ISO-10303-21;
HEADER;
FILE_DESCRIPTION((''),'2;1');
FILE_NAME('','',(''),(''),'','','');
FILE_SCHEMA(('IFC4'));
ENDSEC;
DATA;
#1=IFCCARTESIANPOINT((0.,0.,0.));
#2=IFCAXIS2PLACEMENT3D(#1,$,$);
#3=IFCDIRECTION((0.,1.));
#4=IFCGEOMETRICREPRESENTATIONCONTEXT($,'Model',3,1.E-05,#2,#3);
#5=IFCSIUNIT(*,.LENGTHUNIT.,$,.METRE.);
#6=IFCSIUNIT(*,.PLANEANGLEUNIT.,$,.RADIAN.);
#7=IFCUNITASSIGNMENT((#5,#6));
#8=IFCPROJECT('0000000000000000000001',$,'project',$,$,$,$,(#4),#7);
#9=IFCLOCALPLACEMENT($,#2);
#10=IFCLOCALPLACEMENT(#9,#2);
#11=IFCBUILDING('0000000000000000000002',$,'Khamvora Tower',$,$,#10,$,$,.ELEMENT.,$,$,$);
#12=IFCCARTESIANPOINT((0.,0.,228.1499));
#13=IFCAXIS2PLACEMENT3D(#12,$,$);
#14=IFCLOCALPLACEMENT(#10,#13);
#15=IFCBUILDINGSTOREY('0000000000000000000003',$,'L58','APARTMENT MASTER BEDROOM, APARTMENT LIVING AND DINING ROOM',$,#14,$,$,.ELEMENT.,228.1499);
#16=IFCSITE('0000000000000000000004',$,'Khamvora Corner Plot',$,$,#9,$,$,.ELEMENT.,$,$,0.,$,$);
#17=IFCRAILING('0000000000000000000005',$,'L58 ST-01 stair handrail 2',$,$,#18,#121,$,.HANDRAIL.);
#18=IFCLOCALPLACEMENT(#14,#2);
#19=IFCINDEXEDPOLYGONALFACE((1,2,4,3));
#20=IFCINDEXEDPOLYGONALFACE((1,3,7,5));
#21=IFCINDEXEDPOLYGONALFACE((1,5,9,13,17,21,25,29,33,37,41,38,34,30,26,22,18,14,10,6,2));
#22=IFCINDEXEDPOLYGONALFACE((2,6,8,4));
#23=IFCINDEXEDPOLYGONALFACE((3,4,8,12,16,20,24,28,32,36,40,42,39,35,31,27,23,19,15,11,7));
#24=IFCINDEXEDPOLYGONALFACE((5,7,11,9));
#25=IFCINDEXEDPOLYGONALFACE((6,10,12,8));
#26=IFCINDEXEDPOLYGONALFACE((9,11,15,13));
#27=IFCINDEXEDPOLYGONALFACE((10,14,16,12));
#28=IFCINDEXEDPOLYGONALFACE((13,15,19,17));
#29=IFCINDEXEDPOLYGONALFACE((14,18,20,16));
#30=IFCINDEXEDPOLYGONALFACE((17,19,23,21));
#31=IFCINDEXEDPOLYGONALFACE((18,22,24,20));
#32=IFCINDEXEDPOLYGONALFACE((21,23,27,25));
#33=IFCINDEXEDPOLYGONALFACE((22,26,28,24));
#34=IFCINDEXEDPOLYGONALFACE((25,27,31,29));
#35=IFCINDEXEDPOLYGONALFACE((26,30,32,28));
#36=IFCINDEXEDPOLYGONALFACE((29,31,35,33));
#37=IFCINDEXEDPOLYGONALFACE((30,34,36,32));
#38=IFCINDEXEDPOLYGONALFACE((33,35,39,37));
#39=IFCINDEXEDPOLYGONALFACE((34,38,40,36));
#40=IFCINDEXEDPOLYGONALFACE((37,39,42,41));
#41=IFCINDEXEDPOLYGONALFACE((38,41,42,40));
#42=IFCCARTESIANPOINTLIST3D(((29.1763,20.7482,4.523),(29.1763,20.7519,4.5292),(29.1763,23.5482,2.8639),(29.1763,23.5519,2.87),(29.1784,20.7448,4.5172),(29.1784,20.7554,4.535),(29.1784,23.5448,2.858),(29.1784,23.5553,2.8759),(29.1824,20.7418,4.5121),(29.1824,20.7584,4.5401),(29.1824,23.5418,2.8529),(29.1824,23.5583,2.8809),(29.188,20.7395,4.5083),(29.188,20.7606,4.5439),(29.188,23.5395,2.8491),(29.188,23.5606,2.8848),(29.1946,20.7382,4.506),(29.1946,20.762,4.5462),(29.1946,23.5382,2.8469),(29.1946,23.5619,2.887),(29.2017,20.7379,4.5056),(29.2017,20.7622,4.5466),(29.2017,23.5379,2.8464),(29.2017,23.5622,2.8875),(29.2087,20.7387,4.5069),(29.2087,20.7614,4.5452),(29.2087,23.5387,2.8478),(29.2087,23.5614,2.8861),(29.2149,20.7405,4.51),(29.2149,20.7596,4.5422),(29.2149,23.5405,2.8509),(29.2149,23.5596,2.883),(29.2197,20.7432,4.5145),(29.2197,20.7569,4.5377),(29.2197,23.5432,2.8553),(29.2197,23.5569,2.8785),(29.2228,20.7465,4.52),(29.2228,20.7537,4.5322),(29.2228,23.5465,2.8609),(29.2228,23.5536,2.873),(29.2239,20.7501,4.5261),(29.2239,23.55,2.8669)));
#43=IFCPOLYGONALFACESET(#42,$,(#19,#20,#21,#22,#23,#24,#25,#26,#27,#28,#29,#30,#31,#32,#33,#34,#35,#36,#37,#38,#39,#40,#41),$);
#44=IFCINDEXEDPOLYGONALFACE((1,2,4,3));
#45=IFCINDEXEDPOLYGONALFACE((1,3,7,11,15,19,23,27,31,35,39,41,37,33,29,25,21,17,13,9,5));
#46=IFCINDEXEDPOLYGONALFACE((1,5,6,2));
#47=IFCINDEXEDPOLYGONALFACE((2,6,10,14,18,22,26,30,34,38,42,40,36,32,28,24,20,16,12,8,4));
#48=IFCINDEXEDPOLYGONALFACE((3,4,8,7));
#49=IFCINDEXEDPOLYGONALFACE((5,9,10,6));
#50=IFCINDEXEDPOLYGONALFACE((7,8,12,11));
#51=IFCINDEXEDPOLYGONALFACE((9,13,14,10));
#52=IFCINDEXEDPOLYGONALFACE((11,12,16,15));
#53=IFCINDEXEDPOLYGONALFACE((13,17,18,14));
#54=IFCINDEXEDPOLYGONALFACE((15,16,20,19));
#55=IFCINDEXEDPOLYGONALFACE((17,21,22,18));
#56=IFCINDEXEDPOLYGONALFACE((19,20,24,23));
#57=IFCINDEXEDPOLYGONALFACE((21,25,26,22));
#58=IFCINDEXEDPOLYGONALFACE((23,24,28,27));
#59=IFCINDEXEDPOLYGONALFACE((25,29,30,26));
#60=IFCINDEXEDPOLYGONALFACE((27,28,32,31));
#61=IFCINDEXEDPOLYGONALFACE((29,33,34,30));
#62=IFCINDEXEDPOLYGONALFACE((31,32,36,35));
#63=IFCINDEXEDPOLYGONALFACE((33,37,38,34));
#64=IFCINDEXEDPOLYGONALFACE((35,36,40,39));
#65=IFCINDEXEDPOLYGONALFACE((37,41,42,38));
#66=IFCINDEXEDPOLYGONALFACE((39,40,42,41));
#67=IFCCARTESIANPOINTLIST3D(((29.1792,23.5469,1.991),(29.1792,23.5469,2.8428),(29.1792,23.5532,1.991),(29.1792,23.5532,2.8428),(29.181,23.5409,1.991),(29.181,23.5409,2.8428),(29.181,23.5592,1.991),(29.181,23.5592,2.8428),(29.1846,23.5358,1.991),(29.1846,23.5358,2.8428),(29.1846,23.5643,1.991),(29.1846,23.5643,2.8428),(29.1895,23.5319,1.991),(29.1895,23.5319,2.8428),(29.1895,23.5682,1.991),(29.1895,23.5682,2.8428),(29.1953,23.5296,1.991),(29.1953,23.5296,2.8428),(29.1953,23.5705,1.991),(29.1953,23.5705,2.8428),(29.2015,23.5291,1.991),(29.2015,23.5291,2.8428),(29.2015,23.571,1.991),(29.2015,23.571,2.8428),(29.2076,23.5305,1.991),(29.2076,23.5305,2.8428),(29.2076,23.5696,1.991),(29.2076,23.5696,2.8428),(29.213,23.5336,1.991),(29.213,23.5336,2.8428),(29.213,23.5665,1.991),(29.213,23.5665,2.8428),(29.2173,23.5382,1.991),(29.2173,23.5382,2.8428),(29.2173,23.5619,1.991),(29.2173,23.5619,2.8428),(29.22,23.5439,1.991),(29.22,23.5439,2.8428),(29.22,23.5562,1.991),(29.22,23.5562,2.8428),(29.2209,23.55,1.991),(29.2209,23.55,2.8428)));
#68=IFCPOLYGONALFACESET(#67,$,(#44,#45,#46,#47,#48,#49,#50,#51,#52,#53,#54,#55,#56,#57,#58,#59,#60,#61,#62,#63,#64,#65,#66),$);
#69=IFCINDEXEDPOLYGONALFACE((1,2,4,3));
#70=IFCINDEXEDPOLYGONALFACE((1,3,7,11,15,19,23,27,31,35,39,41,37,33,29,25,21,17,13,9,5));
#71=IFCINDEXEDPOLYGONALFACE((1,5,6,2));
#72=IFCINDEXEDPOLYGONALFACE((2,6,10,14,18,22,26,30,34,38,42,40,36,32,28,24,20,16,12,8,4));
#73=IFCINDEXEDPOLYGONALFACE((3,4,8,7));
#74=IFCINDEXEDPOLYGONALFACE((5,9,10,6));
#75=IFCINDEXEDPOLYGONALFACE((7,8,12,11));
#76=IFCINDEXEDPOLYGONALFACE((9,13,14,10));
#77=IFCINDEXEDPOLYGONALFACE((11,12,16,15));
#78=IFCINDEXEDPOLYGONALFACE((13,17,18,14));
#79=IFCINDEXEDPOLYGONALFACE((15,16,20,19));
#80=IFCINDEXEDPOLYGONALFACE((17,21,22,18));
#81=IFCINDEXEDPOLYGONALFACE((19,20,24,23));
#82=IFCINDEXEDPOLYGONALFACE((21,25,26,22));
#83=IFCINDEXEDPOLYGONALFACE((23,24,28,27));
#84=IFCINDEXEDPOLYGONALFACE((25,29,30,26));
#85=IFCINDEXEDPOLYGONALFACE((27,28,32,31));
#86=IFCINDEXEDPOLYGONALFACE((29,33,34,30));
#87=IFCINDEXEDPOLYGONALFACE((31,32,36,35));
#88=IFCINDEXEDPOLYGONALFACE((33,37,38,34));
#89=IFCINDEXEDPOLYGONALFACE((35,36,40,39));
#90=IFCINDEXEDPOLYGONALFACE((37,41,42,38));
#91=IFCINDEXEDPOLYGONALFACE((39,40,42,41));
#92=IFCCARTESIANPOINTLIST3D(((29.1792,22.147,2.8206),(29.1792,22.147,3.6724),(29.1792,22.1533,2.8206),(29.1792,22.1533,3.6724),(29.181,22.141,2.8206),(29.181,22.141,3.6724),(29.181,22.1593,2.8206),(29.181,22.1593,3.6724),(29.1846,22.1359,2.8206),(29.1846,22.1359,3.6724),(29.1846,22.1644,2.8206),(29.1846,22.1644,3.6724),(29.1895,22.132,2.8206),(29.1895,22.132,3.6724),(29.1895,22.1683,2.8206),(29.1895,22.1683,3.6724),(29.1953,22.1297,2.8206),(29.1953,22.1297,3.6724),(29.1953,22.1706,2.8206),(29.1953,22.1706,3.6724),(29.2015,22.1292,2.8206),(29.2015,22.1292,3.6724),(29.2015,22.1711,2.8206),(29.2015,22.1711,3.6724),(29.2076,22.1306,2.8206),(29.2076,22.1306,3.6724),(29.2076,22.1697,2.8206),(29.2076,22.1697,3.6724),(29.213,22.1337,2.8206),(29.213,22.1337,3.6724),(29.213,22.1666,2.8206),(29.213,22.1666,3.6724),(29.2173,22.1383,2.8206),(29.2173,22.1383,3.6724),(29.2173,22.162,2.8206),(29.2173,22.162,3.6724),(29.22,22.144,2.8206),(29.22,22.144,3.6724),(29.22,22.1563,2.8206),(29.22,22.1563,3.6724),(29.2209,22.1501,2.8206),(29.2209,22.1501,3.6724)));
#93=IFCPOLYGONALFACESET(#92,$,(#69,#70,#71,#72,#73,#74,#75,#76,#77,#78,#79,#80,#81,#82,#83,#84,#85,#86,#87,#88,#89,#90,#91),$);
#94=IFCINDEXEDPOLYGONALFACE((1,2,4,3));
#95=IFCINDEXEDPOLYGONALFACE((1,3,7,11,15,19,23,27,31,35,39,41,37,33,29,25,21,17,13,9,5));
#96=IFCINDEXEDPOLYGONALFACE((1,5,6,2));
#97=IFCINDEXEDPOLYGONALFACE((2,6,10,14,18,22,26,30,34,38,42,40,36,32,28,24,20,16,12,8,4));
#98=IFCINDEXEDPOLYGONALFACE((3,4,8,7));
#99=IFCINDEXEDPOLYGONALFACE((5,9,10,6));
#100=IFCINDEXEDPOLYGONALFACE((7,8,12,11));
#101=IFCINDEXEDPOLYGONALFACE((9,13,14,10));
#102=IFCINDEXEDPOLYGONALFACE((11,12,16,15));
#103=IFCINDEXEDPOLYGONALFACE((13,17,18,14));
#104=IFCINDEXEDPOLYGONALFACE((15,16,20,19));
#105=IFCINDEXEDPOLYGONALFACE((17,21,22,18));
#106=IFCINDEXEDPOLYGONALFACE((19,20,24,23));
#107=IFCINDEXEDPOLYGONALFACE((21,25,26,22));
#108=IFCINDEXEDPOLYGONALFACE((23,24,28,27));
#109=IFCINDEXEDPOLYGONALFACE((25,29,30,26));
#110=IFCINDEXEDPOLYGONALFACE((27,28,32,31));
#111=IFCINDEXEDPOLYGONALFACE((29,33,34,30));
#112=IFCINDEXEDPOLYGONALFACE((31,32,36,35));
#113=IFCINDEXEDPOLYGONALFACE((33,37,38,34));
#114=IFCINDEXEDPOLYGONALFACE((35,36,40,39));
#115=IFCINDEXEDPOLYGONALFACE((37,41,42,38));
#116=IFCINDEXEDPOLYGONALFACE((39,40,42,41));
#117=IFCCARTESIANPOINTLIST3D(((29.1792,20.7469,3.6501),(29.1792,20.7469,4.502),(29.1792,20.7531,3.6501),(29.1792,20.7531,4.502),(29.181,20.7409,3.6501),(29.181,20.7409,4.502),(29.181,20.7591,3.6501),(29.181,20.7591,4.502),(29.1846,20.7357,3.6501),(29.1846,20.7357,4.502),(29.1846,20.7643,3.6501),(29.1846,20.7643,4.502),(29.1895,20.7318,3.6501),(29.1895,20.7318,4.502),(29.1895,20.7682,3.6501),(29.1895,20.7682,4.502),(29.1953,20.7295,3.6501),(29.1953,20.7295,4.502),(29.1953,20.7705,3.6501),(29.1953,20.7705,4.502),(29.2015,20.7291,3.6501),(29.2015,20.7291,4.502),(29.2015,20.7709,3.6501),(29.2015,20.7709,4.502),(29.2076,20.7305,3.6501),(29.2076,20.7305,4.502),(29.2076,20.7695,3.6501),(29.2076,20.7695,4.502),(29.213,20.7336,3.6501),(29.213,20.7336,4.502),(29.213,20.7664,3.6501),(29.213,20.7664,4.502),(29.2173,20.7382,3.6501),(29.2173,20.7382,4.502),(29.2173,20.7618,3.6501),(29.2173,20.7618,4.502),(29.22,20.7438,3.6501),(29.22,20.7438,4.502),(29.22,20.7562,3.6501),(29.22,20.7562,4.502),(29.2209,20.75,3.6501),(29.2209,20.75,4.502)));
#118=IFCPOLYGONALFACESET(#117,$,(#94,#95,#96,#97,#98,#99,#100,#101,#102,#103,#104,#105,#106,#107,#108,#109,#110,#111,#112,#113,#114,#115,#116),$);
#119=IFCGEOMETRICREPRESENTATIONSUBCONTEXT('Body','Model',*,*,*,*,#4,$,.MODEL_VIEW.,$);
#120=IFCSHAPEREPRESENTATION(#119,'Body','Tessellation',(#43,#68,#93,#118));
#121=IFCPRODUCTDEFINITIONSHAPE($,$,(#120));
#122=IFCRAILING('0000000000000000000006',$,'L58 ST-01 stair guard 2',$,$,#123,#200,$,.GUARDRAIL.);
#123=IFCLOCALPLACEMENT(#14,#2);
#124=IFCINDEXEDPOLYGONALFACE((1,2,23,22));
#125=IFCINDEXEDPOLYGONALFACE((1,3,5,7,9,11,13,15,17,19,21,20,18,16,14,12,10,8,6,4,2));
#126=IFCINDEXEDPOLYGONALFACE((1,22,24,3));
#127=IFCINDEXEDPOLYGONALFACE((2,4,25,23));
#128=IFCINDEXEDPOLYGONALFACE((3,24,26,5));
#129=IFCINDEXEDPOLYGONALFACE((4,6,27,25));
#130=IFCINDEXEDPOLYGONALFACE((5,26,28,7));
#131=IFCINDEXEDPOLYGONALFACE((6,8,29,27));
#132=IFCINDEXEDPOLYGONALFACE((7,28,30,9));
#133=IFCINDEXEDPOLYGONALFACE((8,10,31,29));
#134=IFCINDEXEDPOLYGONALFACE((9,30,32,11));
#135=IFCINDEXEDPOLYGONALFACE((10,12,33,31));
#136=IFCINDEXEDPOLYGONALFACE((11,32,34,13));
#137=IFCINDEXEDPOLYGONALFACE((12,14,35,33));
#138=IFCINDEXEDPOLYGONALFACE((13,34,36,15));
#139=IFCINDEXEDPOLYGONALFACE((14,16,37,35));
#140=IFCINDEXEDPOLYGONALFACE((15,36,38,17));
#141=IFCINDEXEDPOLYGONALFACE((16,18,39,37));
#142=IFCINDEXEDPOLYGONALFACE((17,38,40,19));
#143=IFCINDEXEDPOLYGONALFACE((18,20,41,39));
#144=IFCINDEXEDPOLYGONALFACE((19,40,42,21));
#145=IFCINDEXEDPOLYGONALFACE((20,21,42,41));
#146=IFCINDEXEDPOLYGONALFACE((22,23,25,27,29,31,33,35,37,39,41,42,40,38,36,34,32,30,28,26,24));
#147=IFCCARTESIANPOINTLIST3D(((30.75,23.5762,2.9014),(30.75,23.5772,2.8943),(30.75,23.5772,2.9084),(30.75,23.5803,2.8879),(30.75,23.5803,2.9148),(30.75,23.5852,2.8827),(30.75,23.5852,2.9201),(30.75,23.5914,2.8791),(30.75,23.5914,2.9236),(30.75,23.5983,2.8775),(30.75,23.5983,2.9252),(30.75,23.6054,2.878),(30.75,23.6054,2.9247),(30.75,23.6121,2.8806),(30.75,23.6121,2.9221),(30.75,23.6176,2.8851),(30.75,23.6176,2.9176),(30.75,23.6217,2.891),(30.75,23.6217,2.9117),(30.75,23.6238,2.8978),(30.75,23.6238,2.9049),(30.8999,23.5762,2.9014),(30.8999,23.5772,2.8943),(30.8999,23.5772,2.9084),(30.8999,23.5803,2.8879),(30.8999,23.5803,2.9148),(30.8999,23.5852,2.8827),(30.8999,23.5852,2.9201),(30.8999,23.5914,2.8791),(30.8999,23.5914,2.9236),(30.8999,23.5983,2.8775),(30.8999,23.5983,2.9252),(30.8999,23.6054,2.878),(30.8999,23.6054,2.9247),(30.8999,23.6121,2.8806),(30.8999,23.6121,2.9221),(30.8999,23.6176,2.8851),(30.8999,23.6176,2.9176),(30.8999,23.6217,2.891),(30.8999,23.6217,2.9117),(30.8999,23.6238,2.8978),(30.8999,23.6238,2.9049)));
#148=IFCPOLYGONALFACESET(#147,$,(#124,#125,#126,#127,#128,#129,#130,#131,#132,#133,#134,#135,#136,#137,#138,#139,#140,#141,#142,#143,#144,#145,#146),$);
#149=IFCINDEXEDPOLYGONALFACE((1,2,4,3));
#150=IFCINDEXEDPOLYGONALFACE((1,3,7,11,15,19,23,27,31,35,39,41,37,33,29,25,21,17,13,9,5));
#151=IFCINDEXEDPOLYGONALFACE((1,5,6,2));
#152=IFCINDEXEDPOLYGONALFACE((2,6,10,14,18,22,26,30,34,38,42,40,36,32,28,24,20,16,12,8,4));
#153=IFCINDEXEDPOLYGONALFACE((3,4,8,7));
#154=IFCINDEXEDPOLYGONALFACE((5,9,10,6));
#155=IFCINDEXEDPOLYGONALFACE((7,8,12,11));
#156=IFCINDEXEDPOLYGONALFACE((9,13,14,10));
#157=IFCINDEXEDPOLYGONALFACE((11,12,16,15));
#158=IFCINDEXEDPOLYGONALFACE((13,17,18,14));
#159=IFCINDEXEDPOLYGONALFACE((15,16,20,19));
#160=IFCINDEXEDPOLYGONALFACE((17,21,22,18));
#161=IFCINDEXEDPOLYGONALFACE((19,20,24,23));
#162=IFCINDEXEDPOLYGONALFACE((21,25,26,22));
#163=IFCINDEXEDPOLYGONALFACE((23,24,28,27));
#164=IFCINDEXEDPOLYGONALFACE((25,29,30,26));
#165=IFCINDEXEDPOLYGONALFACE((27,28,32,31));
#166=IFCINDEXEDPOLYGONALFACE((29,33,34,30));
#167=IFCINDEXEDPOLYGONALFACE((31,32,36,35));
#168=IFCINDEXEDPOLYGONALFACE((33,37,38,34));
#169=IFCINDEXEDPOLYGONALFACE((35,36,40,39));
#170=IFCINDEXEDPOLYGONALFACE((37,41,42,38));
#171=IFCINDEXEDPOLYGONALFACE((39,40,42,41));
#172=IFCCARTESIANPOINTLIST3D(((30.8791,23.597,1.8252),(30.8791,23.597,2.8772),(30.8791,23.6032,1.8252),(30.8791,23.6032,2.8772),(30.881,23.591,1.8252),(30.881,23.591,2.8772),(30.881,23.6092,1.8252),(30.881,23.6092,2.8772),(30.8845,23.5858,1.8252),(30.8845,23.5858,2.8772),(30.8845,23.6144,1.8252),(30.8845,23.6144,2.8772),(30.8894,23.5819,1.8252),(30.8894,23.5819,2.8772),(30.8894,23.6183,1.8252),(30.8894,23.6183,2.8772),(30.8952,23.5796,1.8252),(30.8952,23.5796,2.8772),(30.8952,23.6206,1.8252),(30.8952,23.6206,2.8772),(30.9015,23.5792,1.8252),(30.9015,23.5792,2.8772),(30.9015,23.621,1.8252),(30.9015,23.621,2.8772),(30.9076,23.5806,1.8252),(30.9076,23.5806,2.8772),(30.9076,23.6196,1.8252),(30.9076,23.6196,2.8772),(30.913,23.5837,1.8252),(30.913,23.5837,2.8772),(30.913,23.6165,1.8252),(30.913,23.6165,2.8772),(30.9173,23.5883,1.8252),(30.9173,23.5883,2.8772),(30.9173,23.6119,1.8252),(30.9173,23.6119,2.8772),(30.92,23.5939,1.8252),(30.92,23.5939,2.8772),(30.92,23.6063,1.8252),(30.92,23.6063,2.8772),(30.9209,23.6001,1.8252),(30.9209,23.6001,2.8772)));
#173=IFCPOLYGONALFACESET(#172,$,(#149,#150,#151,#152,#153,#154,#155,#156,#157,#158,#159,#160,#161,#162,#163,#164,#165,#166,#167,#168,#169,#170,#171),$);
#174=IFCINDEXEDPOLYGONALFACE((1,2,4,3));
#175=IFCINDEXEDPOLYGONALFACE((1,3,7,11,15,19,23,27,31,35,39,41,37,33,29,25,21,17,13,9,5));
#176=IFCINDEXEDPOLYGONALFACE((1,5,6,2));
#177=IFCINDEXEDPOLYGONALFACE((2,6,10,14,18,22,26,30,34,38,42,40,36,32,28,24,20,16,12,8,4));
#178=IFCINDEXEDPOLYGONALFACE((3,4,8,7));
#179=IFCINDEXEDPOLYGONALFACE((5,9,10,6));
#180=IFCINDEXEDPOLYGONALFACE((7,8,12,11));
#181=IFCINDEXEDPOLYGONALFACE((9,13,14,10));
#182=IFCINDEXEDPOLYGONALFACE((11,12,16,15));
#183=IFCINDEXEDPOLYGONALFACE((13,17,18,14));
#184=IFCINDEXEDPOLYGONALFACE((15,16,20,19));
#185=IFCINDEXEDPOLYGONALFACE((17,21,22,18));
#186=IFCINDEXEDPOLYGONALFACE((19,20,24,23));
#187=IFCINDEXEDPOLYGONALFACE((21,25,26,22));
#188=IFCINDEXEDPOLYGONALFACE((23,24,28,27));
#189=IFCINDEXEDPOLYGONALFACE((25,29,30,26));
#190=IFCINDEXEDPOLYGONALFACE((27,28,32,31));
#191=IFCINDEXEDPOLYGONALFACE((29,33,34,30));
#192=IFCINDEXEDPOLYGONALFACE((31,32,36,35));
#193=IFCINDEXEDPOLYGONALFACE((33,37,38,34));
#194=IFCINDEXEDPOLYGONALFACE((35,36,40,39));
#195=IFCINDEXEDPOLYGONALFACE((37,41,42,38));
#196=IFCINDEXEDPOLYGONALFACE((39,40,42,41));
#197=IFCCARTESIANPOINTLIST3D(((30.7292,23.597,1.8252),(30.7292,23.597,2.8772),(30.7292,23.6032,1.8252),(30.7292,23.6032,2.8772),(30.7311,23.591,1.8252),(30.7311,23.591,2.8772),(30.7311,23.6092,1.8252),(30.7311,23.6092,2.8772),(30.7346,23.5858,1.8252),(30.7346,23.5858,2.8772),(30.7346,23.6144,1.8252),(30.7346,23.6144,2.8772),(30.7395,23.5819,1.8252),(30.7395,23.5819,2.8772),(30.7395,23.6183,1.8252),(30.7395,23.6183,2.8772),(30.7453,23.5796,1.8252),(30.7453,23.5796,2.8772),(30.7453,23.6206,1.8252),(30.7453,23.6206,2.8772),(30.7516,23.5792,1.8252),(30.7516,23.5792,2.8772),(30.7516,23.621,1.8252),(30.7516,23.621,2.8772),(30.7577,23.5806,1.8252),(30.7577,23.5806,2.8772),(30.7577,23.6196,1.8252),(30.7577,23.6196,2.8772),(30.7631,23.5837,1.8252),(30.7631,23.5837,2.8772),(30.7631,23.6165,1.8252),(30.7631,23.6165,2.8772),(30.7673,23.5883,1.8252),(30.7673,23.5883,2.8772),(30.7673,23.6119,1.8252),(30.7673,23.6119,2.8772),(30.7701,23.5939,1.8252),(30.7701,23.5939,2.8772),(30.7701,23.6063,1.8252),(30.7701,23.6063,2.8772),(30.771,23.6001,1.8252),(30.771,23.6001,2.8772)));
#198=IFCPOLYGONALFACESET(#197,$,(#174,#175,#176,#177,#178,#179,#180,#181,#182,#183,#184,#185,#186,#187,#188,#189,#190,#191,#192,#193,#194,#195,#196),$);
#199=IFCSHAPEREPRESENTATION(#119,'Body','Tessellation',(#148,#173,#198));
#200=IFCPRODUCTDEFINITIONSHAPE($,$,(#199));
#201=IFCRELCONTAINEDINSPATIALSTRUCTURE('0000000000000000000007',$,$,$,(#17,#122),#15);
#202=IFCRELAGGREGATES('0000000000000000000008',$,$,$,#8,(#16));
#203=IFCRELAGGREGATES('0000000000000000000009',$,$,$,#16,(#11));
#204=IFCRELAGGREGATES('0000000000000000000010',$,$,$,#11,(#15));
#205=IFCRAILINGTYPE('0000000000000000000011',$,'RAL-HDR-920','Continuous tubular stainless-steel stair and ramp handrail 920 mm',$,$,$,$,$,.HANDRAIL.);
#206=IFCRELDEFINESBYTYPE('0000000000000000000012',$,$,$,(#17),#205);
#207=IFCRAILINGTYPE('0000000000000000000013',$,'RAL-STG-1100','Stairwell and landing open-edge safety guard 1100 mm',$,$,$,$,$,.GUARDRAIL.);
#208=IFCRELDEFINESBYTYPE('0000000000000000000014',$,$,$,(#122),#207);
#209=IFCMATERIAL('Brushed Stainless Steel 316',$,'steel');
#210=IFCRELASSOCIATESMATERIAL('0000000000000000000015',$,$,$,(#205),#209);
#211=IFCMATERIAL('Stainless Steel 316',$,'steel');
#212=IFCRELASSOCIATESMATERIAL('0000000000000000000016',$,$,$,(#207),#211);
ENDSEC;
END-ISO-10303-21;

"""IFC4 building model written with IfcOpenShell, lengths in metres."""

from ifc_helpers import new_model, si_unit, direction, frame, origin, origin_2d, place, context, subcontext, project, spatial, circle, extrude, material, type_object, element, save


model = new_model("IFC4")

# Units and contexts
model_context = context("Model", 3, precision=1e-05, world=origin(), true_north=direction((0.0, 1.0)))
body_context = subcontext(model_context, "Body", "Model", "MODEL_VIEW")
ifc_project = project(units=[si_unit("LENGTHUNIT", "METRE"), si_unit("PLANEANGLEUNIT", "RADIAN")], contexts=[model_context])

# Site, building, storey
site_placement = place(None, origin())
site = spatial("IfcSite", under=ifc_project, at=site_placement, Name="Khamvora Corner Plot", CompositionType="ELEMENT", RefElevation=0.0)
building_placement = place(site_placement, origin())
building = spatial("IfcBuilding", under=site, at=building_placement, Name="Khamvora Tower", CompositionType="ELEMENT")
storey_placement = place(building_placement, frame((0.0, 0.0, 228.1499)))
storey = spatial("IfcBuildingStorey", under=building, at=storey_placement, Name="L58", Description="APARTMENT MASTER BEDROOM, APARTMENT LIVING AND DINING ROOM", CompositionType="ELEMENT", Elevation=228.1499)

# Railings
ifc_material_1 = material(Name="Brushed Stainless Steel 316", Category="steel")
railing_type_1 = type_object("IfcRailingType", Name="RAL-HDR-920", Description="Continuous tubular stainless-steel stair and ramp handrail 920 mm", PredefinedType="HANDRAIL", material=ifc_material_1)
railing_1_placement = place(storey_placement, frame((29.2, 23.55, 1.991)))
element("IfcRailing", 1, at=railing_1_placement, inside=storey, type_object=railing_type_1, Name="L58 ST-01 stair handrail 2", PredefinedType="HANDRAIL", context=body_context, shape_type="SweptSolid", body=[
    extrude(circle(Radius=0.0239, at=origin_2d()), frame((0.0, 0.0, 0.876), z_axis=(0.0, -0.860306, 0.509778), x_axis=(1.0, 0.0, 0.0)), (0.0, 0.0, 1.0), 3.2546),
    extrude(circle(Radius=0.021, at=origin_2d()), origin(), (0.0, 0.0, 1.0), 0.8518),
    extrude(circle(Radius=0.021, at=origin_2d()), frame((0.0, -1.3999, 0.8296)), (0.0, 0.0, 1.0), 0.8518),
    extrude(circle(Radius=0.021, at=origin_2d()), frame((0.0, -2.8, 1.6592)), (0.0, 0.0, 1.0), 0.8518),
])
ifc_material_2 = material(Name="Stainless Steel 316", Category="steel")
railing_type_2 = type_object("IfcRailingType", Name="RAL-STG-1100", Description="Stairwell and landing open-edge safety guard 1100 mm", PredefinedType="GUARDRAIL", material=ifc_material_2)
railing_2_placement = place(storey_placement, frame((30.8999, 23.6001, 1.8252)))
element("IfcRailing", 2, at=railing_2_placement, inside=storey, type_object=railing_type_2, Name="L58 ST-01 stair guard 2", PredefinedType="GUARDRAIL", context=body_context, shape_type="SweptSolid", body=[
    extrude(circle(Radius=0.0239, at=origin_2d()), frame((0.0, 0.0, 1.0762), z_axis=(-1.0, 0.0, 0.0), x_axis=(0.0, -1.0, 0.0)), (0.0, 0.0, 1.0), 0.1499),
    extrude(circle(Radius=0.021, at=origin_2d()), origin(), (0.0, 0.0, 1.0), 1.052),
    extrude(circle(Radius=0.021, at=origin_2d()), frame((-0.1499, 0.0, 0.0)), (0.0, 0.0, 1.0), 1.052),
])

save(model, "model.ifc")
